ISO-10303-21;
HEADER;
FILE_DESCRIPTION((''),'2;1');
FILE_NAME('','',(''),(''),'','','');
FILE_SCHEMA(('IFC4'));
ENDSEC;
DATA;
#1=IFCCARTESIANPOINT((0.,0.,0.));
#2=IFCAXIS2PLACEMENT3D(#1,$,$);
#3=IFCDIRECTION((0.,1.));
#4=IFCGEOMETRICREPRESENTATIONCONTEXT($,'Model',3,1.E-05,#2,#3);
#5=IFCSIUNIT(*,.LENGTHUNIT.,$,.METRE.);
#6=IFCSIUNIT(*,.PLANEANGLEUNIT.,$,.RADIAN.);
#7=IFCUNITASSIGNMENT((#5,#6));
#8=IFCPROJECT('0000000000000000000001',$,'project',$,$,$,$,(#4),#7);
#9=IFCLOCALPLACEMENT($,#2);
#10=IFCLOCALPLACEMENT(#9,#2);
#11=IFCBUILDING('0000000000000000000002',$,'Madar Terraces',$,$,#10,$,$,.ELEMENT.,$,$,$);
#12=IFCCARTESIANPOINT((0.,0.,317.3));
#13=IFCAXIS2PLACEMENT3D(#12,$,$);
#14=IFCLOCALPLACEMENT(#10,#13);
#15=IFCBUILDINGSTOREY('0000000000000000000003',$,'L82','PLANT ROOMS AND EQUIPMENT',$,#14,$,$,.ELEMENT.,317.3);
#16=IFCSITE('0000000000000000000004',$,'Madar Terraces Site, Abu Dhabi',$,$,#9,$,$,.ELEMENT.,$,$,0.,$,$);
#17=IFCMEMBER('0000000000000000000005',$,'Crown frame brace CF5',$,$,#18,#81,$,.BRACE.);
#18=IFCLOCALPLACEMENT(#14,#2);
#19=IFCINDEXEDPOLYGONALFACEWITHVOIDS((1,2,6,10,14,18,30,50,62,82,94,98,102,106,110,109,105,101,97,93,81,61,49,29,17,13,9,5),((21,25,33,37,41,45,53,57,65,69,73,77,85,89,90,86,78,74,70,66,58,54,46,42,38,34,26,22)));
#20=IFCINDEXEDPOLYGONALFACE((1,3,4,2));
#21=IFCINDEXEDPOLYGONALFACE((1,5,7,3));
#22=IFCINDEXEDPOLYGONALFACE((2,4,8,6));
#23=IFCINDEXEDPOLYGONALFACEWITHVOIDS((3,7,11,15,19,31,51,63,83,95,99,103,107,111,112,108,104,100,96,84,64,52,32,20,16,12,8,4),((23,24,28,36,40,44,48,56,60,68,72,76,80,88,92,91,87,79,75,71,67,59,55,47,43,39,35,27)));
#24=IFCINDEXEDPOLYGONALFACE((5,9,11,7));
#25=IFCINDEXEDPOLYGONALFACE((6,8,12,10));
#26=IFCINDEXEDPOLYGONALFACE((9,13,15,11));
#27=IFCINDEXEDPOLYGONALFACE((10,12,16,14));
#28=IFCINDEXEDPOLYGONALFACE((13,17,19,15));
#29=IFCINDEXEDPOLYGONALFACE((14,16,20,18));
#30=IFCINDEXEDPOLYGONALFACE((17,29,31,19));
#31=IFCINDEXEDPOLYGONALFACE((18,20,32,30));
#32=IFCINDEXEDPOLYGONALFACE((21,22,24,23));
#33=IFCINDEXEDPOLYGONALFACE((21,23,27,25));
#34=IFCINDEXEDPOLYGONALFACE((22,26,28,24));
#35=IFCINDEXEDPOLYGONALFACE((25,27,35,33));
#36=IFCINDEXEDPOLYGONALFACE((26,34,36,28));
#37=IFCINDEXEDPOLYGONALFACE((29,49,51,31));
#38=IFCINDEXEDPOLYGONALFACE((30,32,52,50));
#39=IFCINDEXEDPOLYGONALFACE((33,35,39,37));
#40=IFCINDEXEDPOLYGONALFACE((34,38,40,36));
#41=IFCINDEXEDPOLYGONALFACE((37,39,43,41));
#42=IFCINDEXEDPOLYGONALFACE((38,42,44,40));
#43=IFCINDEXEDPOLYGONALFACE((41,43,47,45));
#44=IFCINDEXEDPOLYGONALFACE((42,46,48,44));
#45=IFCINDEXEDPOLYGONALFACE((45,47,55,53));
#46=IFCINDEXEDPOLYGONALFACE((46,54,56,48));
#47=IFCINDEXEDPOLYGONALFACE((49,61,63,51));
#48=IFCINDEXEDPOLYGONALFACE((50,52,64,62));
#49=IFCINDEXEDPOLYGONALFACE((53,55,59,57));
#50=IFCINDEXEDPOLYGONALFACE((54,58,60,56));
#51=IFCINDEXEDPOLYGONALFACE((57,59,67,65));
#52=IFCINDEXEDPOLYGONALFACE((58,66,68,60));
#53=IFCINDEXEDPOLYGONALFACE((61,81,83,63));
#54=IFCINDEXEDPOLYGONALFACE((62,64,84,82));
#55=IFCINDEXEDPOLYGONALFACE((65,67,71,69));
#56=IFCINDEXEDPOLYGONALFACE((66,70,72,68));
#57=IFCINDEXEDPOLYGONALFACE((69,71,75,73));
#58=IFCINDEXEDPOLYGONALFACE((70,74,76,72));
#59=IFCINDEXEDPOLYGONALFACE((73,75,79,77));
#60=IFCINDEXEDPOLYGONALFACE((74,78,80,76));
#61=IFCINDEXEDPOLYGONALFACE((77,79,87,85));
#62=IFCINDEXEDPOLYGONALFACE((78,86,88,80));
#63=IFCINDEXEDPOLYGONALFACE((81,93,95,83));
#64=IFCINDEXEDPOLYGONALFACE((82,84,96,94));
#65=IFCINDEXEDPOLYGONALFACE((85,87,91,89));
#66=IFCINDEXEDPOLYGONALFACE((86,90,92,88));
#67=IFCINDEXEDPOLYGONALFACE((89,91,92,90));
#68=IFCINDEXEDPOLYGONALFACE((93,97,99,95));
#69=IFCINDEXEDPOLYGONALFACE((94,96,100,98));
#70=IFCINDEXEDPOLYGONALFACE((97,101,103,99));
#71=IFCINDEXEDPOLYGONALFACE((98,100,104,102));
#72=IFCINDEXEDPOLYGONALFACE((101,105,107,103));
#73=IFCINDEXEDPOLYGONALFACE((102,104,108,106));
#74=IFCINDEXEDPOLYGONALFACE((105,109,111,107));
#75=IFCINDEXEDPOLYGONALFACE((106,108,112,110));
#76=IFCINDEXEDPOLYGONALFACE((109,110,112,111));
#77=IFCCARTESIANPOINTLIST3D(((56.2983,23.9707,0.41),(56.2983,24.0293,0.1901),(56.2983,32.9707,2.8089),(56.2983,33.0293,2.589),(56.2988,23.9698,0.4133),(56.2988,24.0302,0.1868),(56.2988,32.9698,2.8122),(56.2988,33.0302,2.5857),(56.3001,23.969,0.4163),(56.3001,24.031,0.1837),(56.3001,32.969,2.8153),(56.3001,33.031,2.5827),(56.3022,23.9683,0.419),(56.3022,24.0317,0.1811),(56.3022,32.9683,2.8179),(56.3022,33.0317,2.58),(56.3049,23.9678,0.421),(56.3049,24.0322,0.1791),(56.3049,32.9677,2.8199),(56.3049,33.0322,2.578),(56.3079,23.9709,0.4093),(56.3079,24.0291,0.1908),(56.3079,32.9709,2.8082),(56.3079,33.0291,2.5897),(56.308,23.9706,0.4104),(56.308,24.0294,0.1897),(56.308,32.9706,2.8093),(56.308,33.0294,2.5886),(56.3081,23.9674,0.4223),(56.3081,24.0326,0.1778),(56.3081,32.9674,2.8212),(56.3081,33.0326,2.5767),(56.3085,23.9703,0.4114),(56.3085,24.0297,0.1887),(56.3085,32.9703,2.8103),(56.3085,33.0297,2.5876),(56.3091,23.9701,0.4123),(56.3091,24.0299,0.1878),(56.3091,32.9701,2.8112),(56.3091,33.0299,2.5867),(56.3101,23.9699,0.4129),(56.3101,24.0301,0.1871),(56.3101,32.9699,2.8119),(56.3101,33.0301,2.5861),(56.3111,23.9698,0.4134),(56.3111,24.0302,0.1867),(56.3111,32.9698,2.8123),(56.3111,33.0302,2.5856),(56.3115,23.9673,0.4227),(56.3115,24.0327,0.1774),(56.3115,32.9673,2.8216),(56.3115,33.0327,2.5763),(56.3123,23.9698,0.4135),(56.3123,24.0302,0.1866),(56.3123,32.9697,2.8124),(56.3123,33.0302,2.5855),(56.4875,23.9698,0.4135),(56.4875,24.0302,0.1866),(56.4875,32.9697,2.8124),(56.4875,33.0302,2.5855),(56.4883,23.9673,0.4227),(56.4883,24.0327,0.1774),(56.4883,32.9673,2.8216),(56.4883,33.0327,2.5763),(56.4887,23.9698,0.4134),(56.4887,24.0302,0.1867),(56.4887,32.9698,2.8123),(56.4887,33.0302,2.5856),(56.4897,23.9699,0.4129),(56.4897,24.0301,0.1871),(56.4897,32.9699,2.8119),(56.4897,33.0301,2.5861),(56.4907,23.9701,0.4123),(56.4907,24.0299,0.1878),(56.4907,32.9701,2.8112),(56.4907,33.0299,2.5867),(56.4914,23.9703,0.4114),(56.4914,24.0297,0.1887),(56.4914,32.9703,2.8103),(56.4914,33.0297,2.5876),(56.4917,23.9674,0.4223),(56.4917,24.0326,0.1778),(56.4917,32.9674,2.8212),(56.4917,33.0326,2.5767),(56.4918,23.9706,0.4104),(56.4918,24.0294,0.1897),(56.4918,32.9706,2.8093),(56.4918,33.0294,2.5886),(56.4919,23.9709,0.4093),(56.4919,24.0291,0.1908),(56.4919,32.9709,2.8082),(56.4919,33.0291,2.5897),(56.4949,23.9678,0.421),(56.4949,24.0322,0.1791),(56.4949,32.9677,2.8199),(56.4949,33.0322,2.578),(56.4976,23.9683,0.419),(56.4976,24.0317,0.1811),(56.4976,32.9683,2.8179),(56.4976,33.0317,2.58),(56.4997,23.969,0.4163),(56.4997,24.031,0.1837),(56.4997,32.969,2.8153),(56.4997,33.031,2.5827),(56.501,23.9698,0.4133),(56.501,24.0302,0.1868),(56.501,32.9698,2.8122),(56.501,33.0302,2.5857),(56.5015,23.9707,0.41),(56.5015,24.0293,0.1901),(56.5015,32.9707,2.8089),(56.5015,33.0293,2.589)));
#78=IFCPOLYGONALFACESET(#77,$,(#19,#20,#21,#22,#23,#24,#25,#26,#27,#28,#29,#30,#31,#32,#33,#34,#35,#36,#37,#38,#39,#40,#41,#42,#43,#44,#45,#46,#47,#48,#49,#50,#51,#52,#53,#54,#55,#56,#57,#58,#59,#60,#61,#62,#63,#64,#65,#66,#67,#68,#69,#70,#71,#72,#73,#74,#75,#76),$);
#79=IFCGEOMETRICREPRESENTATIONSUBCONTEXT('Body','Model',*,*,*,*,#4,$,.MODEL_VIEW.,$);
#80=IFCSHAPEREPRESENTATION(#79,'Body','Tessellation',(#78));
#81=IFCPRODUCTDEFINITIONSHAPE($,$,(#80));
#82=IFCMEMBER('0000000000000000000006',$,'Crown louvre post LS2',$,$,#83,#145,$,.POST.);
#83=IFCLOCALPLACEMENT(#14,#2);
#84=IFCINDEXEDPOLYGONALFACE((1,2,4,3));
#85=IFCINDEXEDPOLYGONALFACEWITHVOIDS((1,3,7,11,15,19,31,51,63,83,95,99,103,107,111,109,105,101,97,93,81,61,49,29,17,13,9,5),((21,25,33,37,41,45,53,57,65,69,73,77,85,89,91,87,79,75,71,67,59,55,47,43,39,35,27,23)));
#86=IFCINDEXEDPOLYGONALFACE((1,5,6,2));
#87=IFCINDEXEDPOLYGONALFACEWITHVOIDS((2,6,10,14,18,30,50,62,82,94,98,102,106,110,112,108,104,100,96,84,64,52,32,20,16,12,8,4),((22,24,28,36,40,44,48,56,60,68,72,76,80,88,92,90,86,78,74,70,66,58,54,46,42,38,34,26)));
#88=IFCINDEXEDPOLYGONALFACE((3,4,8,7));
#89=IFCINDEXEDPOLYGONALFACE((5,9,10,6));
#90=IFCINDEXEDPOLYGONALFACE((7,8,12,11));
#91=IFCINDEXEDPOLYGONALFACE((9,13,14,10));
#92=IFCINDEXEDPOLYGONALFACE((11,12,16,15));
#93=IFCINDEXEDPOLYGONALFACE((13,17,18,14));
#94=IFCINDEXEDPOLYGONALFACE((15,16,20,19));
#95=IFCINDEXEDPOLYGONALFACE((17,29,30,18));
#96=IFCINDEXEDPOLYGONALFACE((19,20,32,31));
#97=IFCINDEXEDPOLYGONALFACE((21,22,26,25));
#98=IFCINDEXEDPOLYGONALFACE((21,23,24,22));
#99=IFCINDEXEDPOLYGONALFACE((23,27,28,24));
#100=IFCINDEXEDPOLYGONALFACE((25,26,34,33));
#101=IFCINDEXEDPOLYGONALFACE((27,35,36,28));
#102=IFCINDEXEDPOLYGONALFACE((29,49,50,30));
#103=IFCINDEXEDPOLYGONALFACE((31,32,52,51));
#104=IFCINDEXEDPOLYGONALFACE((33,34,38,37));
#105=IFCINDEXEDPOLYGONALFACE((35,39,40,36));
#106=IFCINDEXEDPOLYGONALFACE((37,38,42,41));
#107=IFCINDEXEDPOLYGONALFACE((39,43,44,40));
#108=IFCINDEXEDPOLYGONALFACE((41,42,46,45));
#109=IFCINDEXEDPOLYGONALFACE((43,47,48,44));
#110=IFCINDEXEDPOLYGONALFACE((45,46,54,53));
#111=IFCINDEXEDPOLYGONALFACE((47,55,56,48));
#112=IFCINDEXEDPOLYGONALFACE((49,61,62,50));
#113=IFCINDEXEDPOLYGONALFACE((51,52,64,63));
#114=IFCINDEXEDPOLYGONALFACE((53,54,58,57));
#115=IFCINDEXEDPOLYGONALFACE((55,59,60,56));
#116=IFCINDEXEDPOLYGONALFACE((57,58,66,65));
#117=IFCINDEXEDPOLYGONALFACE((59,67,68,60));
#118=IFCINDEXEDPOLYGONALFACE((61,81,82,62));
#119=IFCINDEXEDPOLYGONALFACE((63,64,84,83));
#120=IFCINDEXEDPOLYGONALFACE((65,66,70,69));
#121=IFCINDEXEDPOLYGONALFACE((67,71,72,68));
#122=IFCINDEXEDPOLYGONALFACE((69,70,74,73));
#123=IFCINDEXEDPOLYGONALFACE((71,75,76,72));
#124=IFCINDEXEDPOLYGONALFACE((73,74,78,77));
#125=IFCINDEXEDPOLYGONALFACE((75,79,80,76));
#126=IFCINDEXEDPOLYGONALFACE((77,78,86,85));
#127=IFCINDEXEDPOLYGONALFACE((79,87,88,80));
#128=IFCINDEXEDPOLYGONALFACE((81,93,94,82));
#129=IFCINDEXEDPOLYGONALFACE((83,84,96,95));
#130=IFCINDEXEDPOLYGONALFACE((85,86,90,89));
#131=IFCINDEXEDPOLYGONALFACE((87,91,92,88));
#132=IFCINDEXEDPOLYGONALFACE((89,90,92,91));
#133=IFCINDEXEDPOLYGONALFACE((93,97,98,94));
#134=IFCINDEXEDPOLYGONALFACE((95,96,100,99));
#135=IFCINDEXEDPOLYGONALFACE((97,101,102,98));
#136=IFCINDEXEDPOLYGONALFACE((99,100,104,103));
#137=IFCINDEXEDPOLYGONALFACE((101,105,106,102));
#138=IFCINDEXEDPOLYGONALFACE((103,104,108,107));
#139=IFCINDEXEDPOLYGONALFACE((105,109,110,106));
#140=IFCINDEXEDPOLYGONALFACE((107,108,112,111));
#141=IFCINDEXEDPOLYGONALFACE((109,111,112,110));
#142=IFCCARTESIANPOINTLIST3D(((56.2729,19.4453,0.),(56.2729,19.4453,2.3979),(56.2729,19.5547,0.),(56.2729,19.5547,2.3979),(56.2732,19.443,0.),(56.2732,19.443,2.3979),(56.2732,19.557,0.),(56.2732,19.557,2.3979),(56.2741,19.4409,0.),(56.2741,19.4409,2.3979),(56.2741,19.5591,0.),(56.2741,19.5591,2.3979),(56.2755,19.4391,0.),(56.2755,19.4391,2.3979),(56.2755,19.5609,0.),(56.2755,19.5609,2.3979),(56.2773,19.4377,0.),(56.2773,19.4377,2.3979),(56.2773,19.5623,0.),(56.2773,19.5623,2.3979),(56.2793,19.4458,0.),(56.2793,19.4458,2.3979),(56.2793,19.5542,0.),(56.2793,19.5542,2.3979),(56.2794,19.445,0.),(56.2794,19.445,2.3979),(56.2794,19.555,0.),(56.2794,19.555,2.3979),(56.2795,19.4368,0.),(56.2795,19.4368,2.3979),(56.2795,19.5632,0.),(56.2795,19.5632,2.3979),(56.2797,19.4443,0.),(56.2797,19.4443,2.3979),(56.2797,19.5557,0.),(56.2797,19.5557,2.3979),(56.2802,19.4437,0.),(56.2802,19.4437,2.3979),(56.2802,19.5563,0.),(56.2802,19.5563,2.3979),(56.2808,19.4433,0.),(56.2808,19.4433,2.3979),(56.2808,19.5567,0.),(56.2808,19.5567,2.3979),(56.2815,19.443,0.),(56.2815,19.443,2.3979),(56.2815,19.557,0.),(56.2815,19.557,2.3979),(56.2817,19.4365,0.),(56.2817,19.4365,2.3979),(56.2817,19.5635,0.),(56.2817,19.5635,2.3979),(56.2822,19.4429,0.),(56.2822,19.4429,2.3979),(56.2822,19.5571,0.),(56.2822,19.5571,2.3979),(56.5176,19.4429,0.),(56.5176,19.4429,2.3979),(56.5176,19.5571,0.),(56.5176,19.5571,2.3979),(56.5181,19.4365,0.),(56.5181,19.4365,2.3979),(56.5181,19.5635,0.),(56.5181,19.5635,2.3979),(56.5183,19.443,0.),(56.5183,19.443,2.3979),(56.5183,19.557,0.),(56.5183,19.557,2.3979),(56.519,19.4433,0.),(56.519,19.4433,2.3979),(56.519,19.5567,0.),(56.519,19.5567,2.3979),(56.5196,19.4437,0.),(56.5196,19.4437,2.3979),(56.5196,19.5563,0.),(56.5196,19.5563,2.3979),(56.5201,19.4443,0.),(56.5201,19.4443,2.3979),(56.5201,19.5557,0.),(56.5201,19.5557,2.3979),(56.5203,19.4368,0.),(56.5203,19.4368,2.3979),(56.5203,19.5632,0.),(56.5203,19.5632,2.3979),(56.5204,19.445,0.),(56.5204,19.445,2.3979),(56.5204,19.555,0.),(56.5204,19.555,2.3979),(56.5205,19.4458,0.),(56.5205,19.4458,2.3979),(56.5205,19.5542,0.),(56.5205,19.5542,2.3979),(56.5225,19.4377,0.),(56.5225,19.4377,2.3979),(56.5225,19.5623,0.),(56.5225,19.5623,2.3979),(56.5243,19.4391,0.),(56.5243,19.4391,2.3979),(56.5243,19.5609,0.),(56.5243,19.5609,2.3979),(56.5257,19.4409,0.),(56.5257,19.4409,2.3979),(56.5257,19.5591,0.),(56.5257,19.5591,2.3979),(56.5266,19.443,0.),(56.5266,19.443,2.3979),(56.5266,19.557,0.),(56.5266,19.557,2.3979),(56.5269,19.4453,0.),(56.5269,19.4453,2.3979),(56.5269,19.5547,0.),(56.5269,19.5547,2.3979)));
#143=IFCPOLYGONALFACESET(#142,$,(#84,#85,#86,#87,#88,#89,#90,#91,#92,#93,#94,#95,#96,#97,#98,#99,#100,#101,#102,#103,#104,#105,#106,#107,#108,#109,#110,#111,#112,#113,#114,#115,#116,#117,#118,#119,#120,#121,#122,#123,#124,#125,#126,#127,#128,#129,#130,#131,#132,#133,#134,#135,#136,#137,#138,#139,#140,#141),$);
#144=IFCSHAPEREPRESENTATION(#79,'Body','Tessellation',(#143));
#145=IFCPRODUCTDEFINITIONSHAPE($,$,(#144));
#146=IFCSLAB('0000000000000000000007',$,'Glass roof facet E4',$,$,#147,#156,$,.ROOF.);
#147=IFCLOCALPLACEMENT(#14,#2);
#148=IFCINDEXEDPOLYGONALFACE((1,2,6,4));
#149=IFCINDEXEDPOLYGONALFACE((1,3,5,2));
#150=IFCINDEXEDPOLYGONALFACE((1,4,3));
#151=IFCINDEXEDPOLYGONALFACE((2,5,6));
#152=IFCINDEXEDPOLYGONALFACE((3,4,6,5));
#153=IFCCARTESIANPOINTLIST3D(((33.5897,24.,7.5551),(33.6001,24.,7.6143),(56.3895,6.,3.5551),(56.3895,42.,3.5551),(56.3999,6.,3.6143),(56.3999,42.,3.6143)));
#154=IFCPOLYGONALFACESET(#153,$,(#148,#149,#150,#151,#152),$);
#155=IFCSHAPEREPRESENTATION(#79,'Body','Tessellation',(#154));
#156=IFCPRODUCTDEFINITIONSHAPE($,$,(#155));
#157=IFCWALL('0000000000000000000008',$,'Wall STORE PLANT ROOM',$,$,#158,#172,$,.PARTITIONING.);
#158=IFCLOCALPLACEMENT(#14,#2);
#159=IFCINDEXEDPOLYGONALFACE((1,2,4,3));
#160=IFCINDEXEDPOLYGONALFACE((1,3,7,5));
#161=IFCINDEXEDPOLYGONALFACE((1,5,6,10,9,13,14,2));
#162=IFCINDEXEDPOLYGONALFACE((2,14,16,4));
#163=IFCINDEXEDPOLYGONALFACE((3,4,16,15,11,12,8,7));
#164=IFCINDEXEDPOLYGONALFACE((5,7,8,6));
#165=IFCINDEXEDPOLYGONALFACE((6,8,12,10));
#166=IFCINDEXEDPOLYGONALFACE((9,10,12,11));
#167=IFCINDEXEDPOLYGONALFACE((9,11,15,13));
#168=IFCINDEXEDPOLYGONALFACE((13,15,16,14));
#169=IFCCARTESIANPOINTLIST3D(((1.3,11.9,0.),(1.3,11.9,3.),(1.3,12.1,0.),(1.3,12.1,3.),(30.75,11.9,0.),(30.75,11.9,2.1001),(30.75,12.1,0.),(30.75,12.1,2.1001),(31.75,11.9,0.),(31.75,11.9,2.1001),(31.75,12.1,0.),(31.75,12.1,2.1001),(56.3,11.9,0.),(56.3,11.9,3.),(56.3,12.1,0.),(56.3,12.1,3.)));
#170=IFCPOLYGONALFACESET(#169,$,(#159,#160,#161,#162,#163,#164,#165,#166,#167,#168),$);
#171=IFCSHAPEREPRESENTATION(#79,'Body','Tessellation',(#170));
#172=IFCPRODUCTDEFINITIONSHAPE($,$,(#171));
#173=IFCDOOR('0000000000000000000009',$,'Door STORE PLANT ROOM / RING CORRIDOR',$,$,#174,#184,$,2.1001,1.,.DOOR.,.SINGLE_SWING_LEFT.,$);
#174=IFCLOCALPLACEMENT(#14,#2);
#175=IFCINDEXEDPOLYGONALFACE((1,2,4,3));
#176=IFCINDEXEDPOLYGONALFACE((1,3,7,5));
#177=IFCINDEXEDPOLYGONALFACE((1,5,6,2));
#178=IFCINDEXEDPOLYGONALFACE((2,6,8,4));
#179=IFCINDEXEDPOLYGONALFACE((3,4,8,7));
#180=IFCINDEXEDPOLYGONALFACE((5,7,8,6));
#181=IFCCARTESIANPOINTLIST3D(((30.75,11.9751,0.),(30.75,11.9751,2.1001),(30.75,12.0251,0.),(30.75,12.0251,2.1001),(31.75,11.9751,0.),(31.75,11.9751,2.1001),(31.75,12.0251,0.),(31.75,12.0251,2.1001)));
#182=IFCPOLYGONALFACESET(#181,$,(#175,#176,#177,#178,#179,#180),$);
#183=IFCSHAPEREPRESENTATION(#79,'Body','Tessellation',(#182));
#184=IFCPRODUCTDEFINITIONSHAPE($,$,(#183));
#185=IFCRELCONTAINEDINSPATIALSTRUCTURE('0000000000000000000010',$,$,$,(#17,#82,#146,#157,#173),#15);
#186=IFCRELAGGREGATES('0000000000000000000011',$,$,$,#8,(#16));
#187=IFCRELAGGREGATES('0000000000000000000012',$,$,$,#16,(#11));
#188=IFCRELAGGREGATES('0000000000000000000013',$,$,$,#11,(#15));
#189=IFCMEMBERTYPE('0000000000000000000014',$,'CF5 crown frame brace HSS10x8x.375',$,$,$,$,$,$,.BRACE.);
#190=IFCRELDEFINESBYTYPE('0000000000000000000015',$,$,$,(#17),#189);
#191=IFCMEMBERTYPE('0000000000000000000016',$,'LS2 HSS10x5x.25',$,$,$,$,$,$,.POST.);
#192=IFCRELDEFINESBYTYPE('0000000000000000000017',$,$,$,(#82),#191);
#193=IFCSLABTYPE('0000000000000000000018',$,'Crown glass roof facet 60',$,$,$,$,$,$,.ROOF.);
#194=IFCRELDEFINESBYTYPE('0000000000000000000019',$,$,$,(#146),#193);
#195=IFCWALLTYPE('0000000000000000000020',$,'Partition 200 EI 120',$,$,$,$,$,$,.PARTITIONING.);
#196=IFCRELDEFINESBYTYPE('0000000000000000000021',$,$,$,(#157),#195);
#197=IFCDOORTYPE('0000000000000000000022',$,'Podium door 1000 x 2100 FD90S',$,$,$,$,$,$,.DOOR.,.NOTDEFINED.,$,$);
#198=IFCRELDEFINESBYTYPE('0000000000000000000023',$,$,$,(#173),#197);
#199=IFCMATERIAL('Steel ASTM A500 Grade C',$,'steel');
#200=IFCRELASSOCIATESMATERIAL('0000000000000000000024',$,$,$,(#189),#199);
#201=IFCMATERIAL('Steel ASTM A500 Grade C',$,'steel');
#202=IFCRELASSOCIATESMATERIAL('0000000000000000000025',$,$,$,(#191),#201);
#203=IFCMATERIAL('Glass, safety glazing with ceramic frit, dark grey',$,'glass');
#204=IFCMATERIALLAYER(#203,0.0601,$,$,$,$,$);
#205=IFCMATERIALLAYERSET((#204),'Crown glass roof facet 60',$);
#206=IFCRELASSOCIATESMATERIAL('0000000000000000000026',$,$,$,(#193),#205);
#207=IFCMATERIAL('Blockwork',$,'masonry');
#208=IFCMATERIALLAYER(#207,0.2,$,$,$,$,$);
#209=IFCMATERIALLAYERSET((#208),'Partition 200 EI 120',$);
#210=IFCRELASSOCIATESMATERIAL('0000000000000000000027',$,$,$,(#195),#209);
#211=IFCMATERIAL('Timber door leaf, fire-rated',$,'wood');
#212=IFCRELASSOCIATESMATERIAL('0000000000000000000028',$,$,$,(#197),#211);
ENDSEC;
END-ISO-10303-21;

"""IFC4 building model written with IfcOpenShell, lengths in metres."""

from ifc_helpers import new_model, si_unit, direction, frame, frame_2d, origin, origin_2d, place, context, subcontext, project, spatial, polyline, rectangle, hollow_rectangle, outline, extrude, material, layer, layer_set, material_profile, profile_set, type_object, element, fill, save


model = new_model("IFC4")

# Units and contexts
model_context = context("Model", 3, precision=1e-05, world=origin(), true_north=direction((0.0, 1.0)))
body_context = subcontext(model_context, "Body", "Model", "MODEL_VIEW")
ifc_project = project(units=[si_unit("LENGTHUNIT", "METRE"), si_unit("PLANEANGLEUNIT", "RADIAN")], contexts=[model_context])

# Site, building, storey
site_placement = place(None, origin())
site = spatial("IfcSite", under=ifc_project, at=site_placement, Name="Madar Terraces Site, Abu Dhabi", CompositionType="ELEMENT", RefElevation=0.0)
building_placement = place(site_placement, origin())
building = spatial("IfcBuilding", under=site, at=building_placement, Name="Madar Terraces", CompositionType="ELEMENT")
storey_placement = place(building_placement, frame((0.0, 0.0, 317.3)))
storey = spatial("IfcBuildingStorey", under=building, at=storey_placement, Name="L82", Description="PLANT ROOMS AND EQUIPMENT", CompositionType="ELEMENT", Elevation=317.3)

# Members
ifc_material_1 = material(Name="Steel ASTM A500 Grade C", Category="steel")
ifc_material_profile_1 = material_profile(ifc_material_1, hollow_rectangle(XDim=0.2031, YDim=0.2539, WallThickness=0.0095, InnerFilletRadius=0.0044, OuterFilletRadius=0.0132, at=origin_2d()), Name="HSS10x8x.375")
ifc_profile_set_1 = profile_set([ifc_material_profile_1], Name="Steel ASTM A500 Grade C")
member_type_1 = type_object("IfcMemberType", Name="CF5 crown frame brace HSS10x8x.375", PredefinedType="BRACE", material=ifc_profile_set_1)
member_1_placement = place(storey_placement, frame((56.3999, 24.0, 0.3), z_axis=(0.0, 0.966264, 0.257555), x_axis=(-1.0, 0.0, 0.0)))
element("IfcMember", 1, at=member_1_placement, inside=storey, type_object=member_type_1, Name="Crown frame brace CF5", PredefinedType="BRACE", context=body_context, shape_type="SweptSolid", body=[
    extrude(hollow_rectangle(XDim=0.2031, YDim=0.2539, WallThickness=0.0095, InnerFilletRadius=0.0044, OuterFilletRadius=0.0132, at=origin_2d()), origin(), (0.0, 0.0, 1.0), 9.3142),
])
ifc_material_2 = material(Name="Steel ASTM A500 Grade C", Category="steel")
ifc_material_profile_2 = material_profile(ifc_material_2, hollow_rectangle(XDim=0.127, YDim=0.2539, WallThickness=0.0063, InnerFilletRadius=0.0029, OuterFilletRadius=0.0088, at=origin_2d()), Name="HSS10x5x.25")
ifc_profile_set_2 = profile_set([ifc_material_profile_2], Name="Steel ASTM A500 Grade C")
member_type_2 = type_object("IfcMemberType", Name="LS2 HSS10x5x.25", PredefinedType="POST", material=ifc_profile_set_2)
member_2_placement = place(storey_placement, frame((56.3999, 19.5, 0.0), z_axis=(0.0, 0.0, 1.0), x_axis=(0.0, 1.0, 0.0)))
element("IfcMember", 2, at=member_2_placement, inside=storey, type_object=member_type_2, Name="Crown louvre post LS2", PredefinedType="POST", context=body_context, shape_type="SweptSolid", body=[
    extrude(hollow_rectangle(XDim=0.127, YDim=0.2539, WallThickness=0.0063, InnerFilletRadius=0.0029, OuterFilletRadius=0.0088, at=origin_2d()), origin(), (0.0, 0.0, 1.0), 2.3979),
])

# Slab
ifc_material_3 = material(Name="Glass, safety glazing with ceramic frit, dark grey", Category="glass")
ifc_layer_1 = layer(ifc_material_3, 0.0601)
ifc_layer_set_1 = layer_set([ifc_layer_1], Name="Crown glass roof facet 60")
slab_type = type_object("IfcSlabType", Name="Crown glass roof facet 60", PredefinedType="ROOF", material=ifc_layer_set_1)
slab_placement = place(storey_placement, frame((56.3999, 6.0, 3.6143), z_axis=(0.172801, 0.0, 0.984957), x_axis=(0.0, 1.0, 0.0)))
element("IfcSlab", 3, at=slab_placement, inside=storey, type_object=slab_type, Name="Glass roof facet E4", PredefinedType="ROOF", context=body_context, shape_type="SweptSolid", body=[
    extrude(outline(polyline([(0.0, 0.0), (36.0, 0.0), (18.0, 23.148), (0.0, 0.0)])), origin(), (0.0, 0.0, -1.0), 0.0601),
])

# Wall, opening, door
ifc_material_4 = material(Name="Blockwork", Category="masonry")
ifc_layer_2 = layer(ifc_material_4, 0.2)
ifc_layer_set_2 = layer_set([ifc_layer_2], Name="Partition 200 EI 120")
wall_type = type_object("IfcWallType", Name="Partition 200 EI 120", PredefinedType="PARTITIONING", material=ifc_layer_set_2)
wall_placement = place(storey_placement, frame((56.3, 12.0, 0.0), z_axis=(0.0, 0.0, 1.0), x_axis=(-1.0, 0.0, 0.0)))
wall = element("IfcWall", 4, at=wall_placement, inside=storey, type_object=wall_type, Name="Wall STORE PLANT ROOM", PredefinedType="PARTITIONING", context=body_context, shape_type="SweptSolid", body=[
    extrude(rectangle(XDim=55.0, YDim=0.2, at=frame_2d((27.5, 0.0))), origin(), (0.0, 0.0, 1.0), 3.0),
])
opening_placement = place(wall_placement, frame((24.55, 0.0, 0.0)))
opening = element("IfcOpeningElement", 5, at=opening_placement, cuts=wall, PredefinedType="OPENING", context=body_context, shape_type="SweptSolid", body=[
    extrude(rectangle(XDim=1.0, YDim=2.1001, at=frame_2d((0.5, 1.05))), frame((0.0, 0.1099, 0.0), z_axis=(0.0, -1.0, 0.0), x_axis=(1.0, 0.0, 0.0)), (0.0, 0.0, 1.0), 0.22),
])
ifc_material_5 = material(Name="Timber door leaf, fire-rated", Category="wood")
door_type = type_object("IfcDoorType", Name="Podium door 1000 x 2100 FD90S", OperationType="NOTDEFINED", PredefinedType="DOOR", material=ifc_material_5)
door_placement = place(opening_placement, origin())
door = element("IfcDoor", 6, at=door_placement, inside=storey, type_object=door_type, Name="Door STORE PLANT ROOM / RING CORRIDOR", OperationType="SINGLE_SWING_LEFT", OverallHeight=2.1001, OverallWidth=1.0, PredefinedType="DOOR", context=body_context, shape_type="SweptSolid", body=[
    extrude(rectangle(XDim=1.0, YDim=2.1001, at=frame_2d((0.5, 1.05))), frame((0.0, 0.0249, 0.0), z_axis=(0.0, -1.0, 0.0), x_axis=(1.0, 0.0, 0.0)), (0.0, 0.0, 1.0), 0.05),
])
fill(opening, door)

save(model, "model.ifc")
